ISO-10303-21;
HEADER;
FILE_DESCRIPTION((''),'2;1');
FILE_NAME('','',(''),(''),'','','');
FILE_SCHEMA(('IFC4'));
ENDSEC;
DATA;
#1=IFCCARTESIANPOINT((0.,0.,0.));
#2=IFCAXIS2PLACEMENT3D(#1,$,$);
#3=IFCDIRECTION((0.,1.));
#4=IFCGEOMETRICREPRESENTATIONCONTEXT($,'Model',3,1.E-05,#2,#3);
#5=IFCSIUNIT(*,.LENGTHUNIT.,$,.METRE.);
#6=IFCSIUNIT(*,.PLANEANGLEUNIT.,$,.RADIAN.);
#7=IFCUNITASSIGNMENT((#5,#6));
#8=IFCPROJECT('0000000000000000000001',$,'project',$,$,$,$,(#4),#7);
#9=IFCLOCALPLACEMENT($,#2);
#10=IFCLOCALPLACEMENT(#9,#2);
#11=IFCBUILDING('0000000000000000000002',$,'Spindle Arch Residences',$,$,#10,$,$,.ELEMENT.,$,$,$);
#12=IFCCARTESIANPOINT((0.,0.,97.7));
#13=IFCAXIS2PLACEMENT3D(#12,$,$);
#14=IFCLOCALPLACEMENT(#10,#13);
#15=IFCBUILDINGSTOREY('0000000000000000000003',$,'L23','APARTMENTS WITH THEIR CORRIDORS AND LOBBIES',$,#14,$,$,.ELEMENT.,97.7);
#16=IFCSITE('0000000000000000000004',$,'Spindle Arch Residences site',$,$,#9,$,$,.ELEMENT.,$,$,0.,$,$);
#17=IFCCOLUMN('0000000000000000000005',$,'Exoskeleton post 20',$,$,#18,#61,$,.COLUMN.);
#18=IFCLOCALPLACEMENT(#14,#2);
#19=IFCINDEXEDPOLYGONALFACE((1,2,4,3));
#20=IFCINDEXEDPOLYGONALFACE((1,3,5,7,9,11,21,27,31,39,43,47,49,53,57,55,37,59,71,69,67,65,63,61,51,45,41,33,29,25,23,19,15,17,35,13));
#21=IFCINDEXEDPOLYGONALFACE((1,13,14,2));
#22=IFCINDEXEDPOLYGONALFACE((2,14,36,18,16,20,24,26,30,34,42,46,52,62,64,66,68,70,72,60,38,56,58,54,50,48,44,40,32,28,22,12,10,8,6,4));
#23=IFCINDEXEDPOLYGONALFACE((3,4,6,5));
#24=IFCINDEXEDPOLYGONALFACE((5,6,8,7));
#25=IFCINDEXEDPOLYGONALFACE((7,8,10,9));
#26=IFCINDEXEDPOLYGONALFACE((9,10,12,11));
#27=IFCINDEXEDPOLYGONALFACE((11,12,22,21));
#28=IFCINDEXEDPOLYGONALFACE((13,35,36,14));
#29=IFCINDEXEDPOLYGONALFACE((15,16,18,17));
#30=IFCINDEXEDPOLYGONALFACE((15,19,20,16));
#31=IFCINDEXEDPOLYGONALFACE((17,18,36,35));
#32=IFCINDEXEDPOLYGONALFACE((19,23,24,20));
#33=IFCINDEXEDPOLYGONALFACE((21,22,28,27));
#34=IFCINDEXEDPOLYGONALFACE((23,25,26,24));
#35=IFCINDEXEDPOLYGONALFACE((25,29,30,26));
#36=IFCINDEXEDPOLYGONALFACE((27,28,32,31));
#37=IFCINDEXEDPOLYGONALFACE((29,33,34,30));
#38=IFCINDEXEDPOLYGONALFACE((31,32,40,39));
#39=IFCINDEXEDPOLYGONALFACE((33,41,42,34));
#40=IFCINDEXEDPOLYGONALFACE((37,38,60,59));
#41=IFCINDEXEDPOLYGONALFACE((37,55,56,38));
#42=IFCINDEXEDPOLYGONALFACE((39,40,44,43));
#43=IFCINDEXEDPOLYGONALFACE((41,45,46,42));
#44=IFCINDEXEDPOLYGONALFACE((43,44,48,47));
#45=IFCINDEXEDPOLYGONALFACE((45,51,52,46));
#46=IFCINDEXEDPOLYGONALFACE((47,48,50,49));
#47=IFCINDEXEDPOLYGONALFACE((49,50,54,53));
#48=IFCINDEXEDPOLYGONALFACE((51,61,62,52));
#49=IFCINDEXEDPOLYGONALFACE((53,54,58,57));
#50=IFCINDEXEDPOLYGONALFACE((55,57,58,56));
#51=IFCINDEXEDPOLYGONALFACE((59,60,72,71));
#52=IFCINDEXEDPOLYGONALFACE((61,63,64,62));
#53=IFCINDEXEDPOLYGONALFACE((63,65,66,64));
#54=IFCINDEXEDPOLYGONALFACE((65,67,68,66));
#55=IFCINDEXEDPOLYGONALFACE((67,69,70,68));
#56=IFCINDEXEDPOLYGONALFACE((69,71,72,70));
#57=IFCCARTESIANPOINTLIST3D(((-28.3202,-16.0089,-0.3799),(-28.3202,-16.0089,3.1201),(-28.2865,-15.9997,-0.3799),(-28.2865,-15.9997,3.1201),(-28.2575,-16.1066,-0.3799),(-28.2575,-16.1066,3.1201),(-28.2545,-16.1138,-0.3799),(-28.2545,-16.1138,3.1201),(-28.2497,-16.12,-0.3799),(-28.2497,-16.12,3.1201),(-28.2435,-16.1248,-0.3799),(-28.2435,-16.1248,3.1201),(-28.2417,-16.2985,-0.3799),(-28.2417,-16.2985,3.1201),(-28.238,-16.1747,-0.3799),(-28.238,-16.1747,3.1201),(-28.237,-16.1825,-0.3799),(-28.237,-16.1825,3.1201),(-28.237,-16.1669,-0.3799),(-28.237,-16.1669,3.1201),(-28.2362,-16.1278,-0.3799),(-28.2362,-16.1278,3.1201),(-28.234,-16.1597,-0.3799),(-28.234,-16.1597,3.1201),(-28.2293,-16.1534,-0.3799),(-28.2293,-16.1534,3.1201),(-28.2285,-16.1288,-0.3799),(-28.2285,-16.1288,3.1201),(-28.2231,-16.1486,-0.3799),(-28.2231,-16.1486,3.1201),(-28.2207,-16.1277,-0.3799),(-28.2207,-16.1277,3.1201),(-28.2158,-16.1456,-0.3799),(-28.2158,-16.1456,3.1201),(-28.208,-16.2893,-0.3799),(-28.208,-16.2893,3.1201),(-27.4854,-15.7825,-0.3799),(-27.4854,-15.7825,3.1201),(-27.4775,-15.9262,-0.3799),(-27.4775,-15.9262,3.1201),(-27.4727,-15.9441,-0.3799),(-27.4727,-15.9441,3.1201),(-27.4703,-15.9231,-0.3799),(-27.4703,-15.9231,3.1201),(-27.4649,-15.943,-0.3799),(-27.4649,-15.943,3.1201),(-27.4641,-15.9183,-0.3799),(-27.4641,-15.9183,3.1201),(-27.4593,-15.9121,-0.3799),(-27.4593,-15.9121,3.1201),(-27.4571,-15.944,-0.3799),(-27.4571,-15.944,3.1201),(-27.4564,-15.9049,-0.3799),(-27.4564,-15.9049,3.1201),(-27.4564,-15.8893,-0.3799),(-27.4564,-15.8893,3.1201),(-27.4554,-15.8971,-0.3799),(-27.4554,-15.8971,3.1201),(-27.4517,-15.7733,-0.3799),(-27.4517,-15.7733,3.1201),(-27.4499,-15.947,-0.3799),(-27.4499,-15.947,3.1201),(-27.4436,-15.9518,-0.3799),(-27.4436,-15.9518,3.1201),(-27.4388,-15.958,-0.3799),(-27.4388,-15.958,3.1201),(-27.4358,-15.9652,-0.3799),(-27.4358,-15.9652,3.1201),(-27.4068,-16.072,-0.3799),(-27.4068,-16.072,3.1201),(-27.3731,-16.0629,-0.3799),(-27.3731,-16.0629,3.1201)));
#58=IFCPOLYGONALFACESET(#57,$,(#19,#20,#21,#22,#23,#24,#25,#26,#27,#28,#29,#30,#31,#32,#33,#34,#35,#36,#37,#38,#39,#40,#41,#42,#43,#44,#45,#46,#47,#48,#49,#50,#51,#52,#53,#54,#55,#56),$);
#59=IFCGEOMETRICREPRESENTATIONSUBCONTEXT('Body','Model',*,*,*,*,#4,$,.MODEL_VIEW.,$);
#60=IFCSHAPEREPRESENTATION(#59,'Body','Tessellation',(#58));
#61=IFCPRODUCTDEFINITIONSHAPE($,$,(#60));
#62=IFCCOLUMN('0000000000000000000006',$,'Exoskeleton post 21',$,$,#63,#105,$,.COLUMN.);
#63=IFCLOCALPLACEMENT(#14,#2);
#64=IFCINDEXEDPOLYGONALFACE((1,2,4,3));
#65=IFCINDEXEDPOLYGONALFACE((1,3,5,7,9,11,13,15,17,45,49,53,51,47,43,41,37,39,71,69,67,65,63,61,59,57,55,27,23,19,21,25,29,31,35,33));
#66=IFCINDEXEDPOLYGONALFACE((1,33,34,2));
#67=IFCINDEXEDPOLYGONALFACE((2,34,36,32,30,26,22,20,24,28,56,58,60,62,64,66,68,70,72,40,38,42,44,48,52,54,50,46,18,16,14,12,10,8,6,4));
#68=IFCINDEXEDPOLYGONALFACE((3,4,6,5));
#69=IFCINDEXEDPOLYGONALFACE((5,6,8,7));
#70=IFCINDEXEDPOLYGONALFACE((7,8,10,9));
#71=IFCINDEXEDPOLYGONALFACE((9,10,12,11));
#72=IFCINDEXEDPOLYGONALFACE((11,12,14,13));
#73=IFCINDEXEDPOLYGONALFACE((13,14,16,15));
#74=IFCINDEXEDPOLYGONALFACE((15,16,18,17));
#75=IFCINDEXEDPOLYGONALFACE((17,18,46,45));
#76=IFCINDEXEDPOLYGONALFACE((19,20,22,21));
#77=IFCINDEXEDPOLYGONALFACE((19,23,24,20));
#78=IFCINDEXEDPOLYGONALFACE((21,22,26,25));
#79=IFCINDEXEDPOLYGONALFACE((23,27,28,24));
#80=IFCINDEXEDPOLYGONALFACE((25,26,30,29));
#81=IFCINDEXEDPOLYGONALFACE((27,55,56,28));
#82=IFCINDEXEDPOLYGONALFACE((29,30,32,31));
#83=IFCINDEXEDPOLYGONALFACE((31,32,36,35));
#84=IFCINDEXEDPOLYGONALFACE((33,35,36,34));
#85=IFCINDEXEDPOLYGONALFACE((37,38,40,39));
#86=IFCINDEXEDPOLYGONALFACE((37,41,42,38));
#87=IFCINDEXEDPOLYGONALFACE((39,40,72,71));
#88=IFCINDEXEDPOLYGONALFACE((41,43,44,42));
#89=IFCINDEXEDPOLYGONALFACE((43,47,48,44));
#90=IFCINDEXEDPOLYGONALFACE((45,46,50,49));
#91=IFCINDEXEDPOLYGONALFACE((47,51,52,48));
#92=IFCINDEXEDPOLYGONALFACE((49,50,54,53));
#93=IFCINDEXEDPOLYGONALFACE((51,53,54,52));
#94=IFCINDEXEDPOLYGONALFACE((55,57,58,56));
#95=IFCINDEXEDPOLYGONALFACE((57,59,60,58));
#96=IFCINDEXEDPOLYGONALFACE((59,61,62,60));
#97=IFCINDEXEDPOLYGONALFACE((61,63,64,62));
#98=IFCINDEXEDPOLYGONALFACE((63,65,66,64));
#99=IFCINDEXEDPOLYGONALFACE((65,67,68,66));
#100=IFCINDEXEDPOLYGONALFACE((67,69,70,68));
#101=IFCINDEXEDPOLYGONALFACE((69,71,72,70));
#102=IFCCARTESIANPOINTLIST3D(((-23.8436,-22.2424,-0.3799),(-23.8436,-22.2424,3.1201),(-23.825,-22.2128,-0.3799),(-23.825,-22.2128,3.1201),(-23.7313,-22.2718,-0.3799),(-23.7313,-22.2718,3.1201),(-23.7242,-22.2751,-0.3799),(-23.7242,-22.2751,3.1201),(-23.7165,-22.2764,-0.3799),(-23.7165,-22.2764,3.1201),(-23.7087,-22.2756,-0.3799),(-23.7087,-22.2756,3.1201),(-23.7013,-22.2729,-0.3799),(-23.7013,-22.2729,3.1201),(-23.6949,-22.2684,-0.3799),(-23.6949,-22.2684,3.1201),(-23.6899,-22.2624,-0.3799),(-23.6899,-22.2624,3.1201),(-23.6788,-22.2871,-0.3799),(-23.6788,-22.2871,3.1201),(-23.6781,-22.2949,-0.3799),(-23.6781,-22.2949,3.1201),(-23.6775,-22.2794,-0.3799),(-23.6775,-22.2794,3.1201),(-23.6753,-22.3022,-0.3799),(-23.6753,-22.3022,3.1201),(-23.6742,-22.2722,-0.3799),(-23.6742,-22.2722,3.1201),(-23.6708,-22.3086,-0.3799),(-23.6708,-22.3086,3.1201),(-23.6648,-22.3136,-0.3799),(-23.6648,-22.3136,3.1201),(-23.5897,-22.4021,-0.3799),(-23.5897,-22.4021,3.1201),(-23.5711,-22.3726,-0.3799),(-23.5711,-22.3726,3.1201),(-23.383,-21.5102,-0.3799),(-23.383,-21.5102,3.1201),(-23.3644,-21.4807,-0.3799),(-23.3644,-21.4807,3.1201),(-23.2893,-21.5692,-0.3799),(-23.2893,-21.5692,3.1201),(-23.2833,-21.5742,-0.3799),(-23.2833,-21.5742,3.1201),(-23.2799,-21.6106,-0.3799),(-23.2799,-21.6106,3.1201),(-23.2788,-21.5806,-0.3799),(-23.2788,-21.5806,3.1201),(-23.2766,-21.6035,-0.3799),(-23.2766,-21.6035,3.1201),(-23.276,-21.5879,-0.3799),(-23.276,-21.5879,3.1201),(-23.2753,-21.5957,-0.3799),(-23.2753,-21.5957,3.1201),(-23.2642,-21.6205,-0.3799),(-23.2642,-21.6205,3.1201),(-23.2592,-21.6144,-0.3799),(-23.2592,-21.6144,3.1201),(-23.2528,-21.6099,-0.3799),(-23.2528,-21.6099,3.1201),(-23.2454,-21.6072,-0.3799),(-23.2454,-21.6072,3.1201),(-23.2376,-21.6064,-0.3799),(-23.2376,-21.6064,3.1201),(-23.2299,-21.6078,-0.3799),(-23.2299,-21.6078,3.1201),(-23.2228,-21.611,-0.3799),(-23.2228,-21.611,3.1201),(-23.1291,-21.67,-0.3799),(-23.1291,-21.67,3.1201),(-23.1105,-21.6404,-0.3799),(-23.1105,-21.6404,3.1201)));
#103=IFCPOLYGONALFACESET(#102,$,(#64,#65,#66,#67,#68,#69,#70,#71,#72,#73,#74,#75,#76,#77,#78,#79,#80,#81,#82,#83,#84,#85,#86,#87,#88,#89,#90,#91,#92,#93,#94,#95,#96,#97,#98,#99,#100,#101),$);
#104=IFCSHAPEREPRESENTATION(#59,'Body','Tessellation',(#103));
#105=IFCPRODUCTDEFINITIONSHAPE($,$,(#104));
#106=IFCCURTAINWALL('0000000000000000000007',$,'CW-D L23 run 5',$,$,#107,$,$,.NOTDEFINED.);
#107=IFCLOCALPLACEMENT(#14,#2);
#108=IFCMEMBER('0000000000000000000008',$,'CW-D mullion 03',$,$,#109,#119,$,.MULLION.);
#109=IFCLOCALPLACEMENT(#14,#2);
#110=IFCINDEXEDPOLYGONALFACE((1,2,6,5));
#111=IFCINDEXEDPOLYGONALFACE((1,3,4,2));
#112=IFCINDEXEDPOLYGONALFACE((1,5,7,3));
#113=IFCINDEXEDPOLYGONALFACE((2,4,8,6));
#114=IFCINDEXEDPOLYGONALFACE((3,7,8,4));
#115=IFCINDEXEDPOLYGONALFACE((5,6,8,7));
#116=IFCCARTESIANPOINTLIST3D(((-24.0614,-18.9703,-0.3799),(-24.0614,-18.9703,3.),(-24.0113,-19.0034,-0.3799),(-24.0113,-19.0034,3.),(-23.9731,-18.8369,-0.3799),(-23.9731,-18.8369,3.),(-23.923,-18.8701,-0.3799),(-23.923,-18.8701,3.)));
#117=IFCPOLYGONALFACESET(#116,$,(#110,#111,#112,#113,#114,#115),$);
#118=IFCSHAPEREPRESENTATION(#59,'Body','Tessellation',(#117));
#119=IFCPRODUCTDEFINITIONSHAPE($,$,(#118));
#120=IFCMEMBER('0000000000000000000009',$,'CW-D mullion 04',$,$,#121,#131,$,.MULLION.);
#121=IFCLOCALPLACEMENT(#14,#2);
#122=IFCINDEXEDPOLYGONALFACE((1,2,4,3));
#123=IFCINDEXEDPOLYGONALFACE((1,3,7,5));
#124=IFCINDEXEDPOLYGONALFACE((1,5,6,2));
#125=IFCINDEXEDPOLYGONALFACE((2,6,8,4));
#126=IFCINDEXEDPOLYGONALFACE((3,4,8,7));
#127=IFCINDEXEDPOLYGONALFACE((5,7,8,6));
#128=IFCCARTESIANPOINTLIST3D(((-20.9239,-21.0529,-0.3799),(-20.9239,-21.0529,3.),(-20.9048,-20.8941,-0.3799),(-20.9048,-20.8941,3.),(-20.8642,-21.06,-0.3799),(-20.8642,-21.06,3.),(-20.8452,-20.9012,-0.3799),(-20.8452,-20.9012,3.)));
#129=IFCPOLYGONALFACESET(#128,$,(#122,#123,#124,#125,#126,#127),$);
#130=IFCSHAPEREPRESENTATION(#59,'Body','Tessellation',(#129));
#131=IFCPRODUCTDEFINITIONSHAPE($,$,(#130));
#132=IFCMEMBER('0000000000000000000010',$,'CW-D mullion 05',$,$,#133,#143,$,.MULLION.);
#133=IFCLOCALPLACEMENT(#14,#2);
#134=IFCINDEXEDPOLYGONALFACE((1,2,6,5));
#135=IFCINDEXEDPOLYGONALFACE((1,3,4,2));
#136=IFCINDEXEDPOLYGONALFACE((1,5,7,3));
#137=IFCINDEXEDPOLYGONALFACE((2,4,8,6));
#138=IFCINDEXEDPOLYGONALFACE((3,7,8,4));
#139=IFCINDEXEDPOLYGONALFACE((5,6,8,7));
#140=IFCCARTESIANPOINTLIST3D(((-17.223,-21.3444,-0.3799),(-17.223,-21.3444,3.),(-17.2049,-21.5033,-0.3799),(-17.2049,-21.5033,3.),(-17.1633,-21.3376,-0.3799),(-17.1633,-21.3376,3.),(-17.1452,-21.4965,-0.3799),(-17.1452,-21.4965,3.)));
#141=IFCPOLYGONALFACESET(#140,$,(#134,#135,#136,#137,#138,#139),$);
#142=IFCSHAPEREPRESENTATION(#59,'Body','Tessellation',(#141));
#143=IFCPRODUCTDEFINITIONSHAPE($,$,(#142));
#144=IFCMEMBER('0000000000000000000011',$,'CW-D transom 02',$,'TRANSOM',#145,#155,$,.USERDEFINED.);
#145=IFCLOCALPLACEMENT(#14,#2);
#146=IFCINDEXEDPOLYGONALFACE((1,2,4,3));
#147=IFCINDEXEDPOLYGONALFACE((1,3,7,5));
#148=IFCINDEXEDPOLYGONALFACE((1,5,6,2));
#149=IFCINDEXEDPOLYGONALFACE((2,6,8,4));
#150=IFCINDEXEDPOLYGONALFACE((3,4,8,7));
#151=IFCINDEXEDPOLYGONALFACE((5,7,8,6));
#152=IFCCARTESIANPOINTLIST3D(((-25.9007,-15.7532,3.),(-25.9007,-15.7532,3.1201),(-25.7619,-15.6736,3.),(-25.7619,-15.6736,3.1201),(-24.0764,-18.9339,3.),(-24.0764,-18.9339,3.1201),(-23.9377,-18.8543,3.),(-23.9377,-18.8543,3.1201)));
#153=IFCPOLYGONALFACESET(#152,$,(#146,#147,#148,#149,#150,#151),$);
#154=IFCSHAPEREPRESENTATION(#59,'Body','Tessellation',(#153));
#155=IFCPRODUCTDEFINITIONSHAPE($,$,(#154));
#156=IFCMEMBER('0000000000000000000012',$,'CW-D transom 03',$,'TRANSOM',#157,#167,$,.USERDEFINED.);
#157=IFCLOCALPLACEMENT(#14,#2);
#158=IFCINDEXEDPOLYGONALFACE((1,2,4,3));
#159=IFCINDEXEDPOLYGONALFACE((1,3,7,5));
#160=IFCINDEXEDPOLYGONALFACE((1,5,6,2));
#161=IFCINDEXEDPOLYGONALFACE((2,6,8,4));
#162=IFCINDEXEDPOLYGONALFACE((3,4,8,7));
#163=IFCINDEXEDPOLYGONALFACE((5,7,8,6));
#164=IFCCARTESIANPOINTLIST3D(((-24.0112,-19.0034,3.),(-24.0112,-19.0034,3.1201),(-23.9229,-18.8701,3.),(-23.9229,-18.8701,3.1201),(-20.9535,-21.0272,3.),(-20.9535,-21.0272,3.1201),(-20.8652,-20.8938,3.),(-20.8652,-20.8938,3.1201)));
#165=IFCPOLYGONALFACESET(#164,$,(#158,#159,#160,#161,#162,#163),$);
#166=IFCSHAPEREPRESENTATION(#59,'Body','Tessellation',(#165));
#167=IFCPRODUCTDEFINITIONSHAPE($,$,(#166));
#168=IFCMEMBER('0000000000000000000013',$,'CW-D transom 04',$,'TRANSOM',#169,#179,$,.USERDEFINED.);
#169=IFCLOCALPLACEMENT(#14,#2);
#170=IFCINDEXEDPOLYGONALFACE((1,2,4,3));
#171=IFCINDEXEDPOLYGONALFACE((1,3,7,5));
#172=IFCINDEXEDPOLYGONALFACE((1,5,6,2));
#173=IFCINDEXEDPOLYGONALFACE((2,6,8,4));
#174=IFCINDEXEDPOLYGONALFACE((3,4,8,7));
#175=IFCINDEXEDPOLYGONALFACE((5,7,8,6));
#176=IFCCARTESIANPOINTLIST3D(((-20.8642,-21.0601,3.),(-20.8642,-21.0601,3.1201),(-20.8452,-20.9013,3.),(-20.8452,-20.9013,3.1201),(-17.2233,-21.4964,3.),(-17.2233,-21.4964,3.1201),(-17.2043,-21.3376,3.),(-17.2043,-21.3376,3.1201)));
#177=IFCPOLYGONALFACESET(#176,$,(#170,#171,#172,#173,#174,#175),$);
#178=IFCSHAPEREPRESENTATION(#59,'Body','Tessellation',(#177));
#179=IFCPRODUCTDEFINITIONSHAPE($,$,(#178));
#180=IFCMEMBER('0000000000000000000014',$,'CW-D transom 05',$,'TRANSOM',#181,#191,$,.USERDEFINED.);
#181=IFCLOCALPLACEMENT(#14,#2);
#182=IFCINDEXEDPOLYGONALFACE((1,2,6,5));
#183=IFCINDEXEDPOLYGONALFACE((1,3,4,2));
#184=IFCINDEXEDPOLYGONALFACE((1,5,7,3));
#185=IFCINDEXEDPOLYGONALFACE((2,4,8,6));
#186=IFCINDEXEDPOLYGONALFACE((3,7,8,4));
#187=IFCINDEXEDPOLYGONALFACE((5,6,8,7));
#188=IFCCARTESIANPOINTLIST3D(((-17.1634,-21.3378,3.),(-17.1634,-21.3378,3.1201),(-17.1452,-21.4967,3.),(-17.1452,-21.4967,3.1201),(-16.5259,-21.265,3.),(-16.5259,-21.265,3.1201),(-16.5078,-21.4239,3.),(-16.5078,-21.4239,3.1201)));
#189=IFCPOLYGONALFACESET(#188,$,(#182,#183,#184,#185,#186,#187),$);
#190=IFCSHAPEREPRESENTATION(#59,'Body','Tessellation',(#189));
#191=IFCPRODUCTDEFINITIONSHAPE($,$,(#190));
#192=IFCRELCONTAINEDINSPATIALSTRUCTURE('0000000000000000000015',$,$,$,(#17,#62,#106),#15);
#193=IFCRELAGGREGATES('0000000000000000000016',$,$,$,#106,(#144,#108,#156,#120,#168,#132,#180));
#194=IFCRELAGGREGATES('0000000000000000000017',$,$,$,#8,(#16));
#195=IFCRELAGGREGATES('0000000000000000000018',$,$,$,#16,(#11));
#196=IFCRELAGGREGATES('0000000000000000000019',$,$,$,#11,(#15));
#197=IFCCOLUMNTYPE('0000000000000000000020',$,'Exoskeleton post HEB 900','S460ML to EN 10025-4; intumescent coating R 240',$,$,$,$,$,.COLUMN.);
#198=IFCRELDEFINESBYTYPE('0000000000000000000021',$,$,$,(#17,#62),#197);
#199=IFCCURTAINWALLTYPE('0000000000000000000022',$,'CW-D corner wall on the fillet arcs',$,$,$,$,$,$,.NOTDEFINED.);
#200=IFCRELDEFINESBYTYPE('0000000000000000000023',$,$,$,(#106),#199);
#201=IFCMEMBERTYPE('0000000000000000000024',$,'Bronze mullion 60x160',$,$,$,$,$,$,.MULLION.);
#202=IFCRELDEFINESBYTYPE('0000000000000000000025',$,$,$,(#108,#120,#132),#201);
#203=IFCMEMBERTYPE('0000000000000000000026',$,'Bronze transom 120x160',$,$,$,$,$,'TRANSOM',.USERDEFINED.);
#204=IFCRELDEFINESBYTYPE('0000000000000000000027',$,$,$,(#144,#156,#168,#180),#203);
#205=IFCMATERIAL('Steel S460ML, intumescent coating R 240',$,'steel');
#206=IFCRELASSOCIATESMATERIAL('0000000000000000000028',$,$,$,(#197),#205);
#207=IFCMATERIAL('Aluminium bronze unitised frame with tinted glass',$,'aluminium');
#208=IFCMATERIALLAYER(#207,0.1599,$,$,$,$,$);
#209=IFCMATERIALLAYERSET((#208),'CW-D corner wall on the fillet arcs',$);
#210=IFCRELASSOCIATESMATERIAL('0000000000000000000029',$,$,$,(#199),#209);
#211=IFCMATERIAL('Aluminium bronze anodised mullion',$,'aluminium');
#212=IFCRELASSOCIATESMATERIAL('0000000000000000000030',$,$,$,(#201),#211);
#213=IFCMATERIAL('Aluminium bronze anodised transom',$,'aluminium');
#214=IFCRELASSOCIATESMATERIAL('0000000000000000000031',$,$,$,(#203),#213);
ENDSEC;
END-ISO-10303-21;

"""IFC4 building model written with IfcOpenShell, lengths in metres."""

from ifc_helpers import new_model, si_unit, direction, frame, origin, origin_2d, place, context, subcontext, project, spatial, rectangle, i_section, extrude, material, layer, layer_set, material_profile, profile_set, type_object, element, aggregate, save


model = new_model("IFC4")

# Units and contexts
model_context = context("Model", 3, precision=1e-05, world=origin(), true_north=direction((0.0, 1.0)))
body_context = subcontext(model_context, "Body", "Model", "MODEL_VIEW")
ifc_project = project(units=[si_unit("LENGTHUNIT", "METRE"), si_unit("PLANEANGLEUNIT", "RADIAN")], contexts=[model_context])

# Site, building, storey
site_placement = place(None, origin())
site = spatial("IfcSite", under=ifc_project, at=site_placement, Name="Spindle Arch Residences site", CompositionType="ELEMENT", RefElevation=0.0)
building_placement = place(site_placement, origin())
building = spatial("IfcBuilding", under=site, at=building_placement, Name="Spindle Arch Residences", CompositionType="ELEMENT")
storey_placement = place(building_placement, frame((0.0, 0.0, 97.7)))
storey = spatial("IfcBuildingStorey", under=building, at=storey_placement, Name="L23", Description="APARTMENTS WITH THEIR CORRIDORS AND LOBBIES", CompositionType="ELEMENT", Elevation=97.7)

# Columns
ifc_material_1 = material(Name="Steel S460ML, intumescent coating R 240", Category="steel")
ifc_material_profile_1 = material_profile(ifc_material_1, i_section(OverallWidth=0.3, OverallDepth=0.8999, WebThickness=0.0186, FlangeThickness=0.0349, FilletRadius=0.03, at=origin_2d()), Name="HEB 900")
ifc_profile_set_1 = profile_set([ifc_material_profile_1], Name="Steel S460ML, intumescent coating R 240")
column_type = type_object("IfcColumnType", Name="Exoskeleton post HEB 900", Description="S460ML to EN 10025-4; intumescent coating R 240", PredefinedType="COLUMN", material=ifc_profile_set_1)
for number, where, z_axis, x_axis, name in (
    (1, (-27.8467, -16.0359, -0.3799), (0.0, 0.0, 1.0), (-0.261742, 0.965138, 0.0), "Exoskeleton post 20"),
    (2, (-23.4771, -21.9414, -0.3799), (0.0, 0.0, 1.0), (-0.84644, 0.532484, 0.0), "Exoskeleton post 21"),
):
    element("IfcColumn", number, at=place(storey_placement, frame(where, z_axis=z_axis, x_axis=x_axis)), inside=storey, type_object=column_type, Name=name, PredefinedType="COLUMN", context=body_context, shape_type="SweptSolid", body=[
        extrude(i_section(OverallWidth=0.3, OverallDepth=0.8999, WebThickness=0.0186, FlangeThickness=0.0349, FilletRadius=0.03, at=origin_2d()), origin(), (0.0, 0.0, 1.0), 3.5),
    ])

# Curtain wall, members
ifc_material_2 = material(Name="Aluminium bronze unitised frame with tinted glass", Category="aluminium")
ifc_layer_1 = layer(ifc_material_2, 0.1599)
ifc_layer_set_1 = layer_set([ifc_layer_1], Name="CW-D corner wall on the fillet arcs")
curtain_wall_type = type_object("IfcCurtainWallType", Name="CW-D corner wall on the fillet arcs", PredefinedType="NOTDEFINED", material=ifc_layer_set_1)
curtain_wall_placement = place(storey_placement, origin())
curtain_wall = element("IfcCurtainWall", 3, at=curtain_wall_placement, inside=storey, type_object=curtain_wall_type, Name="CW-D L23 run 5", PredefinedType="NOTDEFINED")
ifc_material_3 = material(Name="Aluminium bronze anodised mullion", Category="aluminium")
ifc_material_profile_2 = material_profile(ifc_material_3, rectangle(XDim=0.1599, YDim=0.0601, at=origin_2d()), Name="MU 60x160")
ifc_profile_set_2 = profile_set([ifc_material_profile_2], Name="Aluminium bronze anodised mullion")
member_type_1 = type_object("IfcMemberType", Name="Bronze mullion 60x160", PredefinedType="MULLION", material=ifc_profile_set_2)
member_1_placement = place(storey_placement, frame((-23.9922, -18.9202, -0.3799), z_axis=(0.0, 0.0, 1.0), x_axis=(0.551937, 0.833886, 0.0)))
member_1 = element("IfcMember", 4, at=member_1_placement, type_object=member_type_1, Name="CW-D mullion 03", PredefinedType="MULLION", context=body_context, shape_type="SweptSolid", body=[
    extrude(rectangle(XDim=0.1599, YDim=0.0601, at=origin_2d()), origin(), (0.0, 0.0, 1.0), 3.3799),
])
member_2_placement = place(storey_placement, frame((-20.8845, -20.9771, -0.3799), z_axis=(0.0, 0.0, 1.0), x_axis=(0.118982, 0.992896, 0.0)))
member_2 = element("IfcMember", 5, at=member_2_placement, type_object=member_type_1, Name="CW-D mullion 04", PredefinedType="MULLION", context=body_context, shape_type="SweptSolid", body=[
    extrude(rectangle(XDim=0.1599, YDim=0.0601, at=origin_2d()), origin(), (0.0, 0.0, 1.0), 3.3799),
])
member_3_placement = place(storey_placement, frame((-17.1841, -21.4204, -0.3799), z_axis=(0.0, 0.0, 1.0), x_axis=(-0.113203, 0.993572, 0.0)))
member_3 = element("IfcMember", 6, at=member_3_placement, type_object=member_type_1, Name="CW-D mullion 05", PredefinedType="MULLION", context=body_context, shape_type="SweptSolid", body=[
    extrude(rectangle(XDim=0.1599, YDim=0.0601, at=origin_2d()), origin(), (0.0, 0.0, 1.0), 3.3799),
])
ifc_material_4 = material(Name="Aluminium bronze anodised transom", Category="aluminium")
ifc_material_profile_3 = material_profile(ifc_material_4, rectangle(XDim=0.1599, YDim=0.1201, at=origin_2d()), Name="TR 120x160")
ifc_profile_set_3 = profile_set([ifc_material_profile_3], Name="Aluminium bronze anodised transom")
member_type_2 = type_object("IfcMemberType", Name="Bronze transom 120x160", ElementType="TRANSOM", PredefinedType="USERDEFINED", material=ifc_profile_set_3)
member_4_placement = place(storey_placement, frame((-25.8313, -15.7134, 3.0601), z_axis=(0.497515, -0.867455, 0.0), x_axis=(0.867455, 0.497515, 0.0)))
member_4 = element("IfcMember", 7, at=member_4_placement, type_object=member_type_2, Name="CW-D transom 02", ObjectType="TRANSOM", PredefinedType="USERDEFINED", context=body_context, shape_type="SweptSolid", body=[
    extrude(rectangle(XDim=0.1599, YDim=0.1201, at=origin_2d()), origin(), (0.0, 0.0, 1.0), 3.6667),
])
member_5_placement = place(storey_placement, frame((-23.967, -18.9368, 3.0601), z_axis=(0.8339, -0.551916, 0.0), x_axis=(0.551916, 0.8339, 0.0)))
member_5 = element("IfcMember", 8, at=member_5_placement, type_object=member_type_2, Name="CW-D transom 03", ObjectType="TRANSOM", PredefinedType="USERDEFINED", context=body_context, shape_type="SweptSolid", body=[
    extrude(rectangle(XDim=0.1599, YDim=0.1201, at=origin_2d()), origin(), (0.0, 0.0, 1.0), 3.6667),
])
member_6_placement = place(storey_placement, frame((-20.8547, -20.9807, 3.0601), z_axis=(0.992897, -0.118977, 0.0), x_axis=(0.118977, 0.992897, 0.0)))
member_6 = element("IfcMember", 9, at=member_6_placement, type_object=member_type_2, Name="CW-D transom 04", ObjectType="TRANSOM", PredefinedType="USERDEFINED", context=body_context, shape_type="SweptSolid", body=[
    extrude(rectangle(XDim=0.1599, YDim=0.1201, at=origin_2d()), origin(), (0.0, 0.0, 1.0), 3.667),
])
member_7_placement = place(storey_placement, frame((-17.1543, -21.4172, 3.0601), z_axis=(0.99355, 0.113396, 0.0), x_axis=(-0.113396, 0.99355, 0.0)))
member_7 = element("IfcMember", 10, at=member_7_placement, type_object=member_type_2, Name="CW-D transom 05", ObjectType="TRANSOM", PredefinedType="USERDEFINED", context=body_context, shape_type="SweptSolid", body=[
    extrude(rectangle(XDim=0.1599, YDim=0.1201, at=origin_2d()), origin(), (0.0, 0.0, 1.0), 0.6416),
])

aggregate(curtain_wall, [member_4, member_1, member_5, member_2, member_6, member_3, member_7])

save(model, "model.ifc")
